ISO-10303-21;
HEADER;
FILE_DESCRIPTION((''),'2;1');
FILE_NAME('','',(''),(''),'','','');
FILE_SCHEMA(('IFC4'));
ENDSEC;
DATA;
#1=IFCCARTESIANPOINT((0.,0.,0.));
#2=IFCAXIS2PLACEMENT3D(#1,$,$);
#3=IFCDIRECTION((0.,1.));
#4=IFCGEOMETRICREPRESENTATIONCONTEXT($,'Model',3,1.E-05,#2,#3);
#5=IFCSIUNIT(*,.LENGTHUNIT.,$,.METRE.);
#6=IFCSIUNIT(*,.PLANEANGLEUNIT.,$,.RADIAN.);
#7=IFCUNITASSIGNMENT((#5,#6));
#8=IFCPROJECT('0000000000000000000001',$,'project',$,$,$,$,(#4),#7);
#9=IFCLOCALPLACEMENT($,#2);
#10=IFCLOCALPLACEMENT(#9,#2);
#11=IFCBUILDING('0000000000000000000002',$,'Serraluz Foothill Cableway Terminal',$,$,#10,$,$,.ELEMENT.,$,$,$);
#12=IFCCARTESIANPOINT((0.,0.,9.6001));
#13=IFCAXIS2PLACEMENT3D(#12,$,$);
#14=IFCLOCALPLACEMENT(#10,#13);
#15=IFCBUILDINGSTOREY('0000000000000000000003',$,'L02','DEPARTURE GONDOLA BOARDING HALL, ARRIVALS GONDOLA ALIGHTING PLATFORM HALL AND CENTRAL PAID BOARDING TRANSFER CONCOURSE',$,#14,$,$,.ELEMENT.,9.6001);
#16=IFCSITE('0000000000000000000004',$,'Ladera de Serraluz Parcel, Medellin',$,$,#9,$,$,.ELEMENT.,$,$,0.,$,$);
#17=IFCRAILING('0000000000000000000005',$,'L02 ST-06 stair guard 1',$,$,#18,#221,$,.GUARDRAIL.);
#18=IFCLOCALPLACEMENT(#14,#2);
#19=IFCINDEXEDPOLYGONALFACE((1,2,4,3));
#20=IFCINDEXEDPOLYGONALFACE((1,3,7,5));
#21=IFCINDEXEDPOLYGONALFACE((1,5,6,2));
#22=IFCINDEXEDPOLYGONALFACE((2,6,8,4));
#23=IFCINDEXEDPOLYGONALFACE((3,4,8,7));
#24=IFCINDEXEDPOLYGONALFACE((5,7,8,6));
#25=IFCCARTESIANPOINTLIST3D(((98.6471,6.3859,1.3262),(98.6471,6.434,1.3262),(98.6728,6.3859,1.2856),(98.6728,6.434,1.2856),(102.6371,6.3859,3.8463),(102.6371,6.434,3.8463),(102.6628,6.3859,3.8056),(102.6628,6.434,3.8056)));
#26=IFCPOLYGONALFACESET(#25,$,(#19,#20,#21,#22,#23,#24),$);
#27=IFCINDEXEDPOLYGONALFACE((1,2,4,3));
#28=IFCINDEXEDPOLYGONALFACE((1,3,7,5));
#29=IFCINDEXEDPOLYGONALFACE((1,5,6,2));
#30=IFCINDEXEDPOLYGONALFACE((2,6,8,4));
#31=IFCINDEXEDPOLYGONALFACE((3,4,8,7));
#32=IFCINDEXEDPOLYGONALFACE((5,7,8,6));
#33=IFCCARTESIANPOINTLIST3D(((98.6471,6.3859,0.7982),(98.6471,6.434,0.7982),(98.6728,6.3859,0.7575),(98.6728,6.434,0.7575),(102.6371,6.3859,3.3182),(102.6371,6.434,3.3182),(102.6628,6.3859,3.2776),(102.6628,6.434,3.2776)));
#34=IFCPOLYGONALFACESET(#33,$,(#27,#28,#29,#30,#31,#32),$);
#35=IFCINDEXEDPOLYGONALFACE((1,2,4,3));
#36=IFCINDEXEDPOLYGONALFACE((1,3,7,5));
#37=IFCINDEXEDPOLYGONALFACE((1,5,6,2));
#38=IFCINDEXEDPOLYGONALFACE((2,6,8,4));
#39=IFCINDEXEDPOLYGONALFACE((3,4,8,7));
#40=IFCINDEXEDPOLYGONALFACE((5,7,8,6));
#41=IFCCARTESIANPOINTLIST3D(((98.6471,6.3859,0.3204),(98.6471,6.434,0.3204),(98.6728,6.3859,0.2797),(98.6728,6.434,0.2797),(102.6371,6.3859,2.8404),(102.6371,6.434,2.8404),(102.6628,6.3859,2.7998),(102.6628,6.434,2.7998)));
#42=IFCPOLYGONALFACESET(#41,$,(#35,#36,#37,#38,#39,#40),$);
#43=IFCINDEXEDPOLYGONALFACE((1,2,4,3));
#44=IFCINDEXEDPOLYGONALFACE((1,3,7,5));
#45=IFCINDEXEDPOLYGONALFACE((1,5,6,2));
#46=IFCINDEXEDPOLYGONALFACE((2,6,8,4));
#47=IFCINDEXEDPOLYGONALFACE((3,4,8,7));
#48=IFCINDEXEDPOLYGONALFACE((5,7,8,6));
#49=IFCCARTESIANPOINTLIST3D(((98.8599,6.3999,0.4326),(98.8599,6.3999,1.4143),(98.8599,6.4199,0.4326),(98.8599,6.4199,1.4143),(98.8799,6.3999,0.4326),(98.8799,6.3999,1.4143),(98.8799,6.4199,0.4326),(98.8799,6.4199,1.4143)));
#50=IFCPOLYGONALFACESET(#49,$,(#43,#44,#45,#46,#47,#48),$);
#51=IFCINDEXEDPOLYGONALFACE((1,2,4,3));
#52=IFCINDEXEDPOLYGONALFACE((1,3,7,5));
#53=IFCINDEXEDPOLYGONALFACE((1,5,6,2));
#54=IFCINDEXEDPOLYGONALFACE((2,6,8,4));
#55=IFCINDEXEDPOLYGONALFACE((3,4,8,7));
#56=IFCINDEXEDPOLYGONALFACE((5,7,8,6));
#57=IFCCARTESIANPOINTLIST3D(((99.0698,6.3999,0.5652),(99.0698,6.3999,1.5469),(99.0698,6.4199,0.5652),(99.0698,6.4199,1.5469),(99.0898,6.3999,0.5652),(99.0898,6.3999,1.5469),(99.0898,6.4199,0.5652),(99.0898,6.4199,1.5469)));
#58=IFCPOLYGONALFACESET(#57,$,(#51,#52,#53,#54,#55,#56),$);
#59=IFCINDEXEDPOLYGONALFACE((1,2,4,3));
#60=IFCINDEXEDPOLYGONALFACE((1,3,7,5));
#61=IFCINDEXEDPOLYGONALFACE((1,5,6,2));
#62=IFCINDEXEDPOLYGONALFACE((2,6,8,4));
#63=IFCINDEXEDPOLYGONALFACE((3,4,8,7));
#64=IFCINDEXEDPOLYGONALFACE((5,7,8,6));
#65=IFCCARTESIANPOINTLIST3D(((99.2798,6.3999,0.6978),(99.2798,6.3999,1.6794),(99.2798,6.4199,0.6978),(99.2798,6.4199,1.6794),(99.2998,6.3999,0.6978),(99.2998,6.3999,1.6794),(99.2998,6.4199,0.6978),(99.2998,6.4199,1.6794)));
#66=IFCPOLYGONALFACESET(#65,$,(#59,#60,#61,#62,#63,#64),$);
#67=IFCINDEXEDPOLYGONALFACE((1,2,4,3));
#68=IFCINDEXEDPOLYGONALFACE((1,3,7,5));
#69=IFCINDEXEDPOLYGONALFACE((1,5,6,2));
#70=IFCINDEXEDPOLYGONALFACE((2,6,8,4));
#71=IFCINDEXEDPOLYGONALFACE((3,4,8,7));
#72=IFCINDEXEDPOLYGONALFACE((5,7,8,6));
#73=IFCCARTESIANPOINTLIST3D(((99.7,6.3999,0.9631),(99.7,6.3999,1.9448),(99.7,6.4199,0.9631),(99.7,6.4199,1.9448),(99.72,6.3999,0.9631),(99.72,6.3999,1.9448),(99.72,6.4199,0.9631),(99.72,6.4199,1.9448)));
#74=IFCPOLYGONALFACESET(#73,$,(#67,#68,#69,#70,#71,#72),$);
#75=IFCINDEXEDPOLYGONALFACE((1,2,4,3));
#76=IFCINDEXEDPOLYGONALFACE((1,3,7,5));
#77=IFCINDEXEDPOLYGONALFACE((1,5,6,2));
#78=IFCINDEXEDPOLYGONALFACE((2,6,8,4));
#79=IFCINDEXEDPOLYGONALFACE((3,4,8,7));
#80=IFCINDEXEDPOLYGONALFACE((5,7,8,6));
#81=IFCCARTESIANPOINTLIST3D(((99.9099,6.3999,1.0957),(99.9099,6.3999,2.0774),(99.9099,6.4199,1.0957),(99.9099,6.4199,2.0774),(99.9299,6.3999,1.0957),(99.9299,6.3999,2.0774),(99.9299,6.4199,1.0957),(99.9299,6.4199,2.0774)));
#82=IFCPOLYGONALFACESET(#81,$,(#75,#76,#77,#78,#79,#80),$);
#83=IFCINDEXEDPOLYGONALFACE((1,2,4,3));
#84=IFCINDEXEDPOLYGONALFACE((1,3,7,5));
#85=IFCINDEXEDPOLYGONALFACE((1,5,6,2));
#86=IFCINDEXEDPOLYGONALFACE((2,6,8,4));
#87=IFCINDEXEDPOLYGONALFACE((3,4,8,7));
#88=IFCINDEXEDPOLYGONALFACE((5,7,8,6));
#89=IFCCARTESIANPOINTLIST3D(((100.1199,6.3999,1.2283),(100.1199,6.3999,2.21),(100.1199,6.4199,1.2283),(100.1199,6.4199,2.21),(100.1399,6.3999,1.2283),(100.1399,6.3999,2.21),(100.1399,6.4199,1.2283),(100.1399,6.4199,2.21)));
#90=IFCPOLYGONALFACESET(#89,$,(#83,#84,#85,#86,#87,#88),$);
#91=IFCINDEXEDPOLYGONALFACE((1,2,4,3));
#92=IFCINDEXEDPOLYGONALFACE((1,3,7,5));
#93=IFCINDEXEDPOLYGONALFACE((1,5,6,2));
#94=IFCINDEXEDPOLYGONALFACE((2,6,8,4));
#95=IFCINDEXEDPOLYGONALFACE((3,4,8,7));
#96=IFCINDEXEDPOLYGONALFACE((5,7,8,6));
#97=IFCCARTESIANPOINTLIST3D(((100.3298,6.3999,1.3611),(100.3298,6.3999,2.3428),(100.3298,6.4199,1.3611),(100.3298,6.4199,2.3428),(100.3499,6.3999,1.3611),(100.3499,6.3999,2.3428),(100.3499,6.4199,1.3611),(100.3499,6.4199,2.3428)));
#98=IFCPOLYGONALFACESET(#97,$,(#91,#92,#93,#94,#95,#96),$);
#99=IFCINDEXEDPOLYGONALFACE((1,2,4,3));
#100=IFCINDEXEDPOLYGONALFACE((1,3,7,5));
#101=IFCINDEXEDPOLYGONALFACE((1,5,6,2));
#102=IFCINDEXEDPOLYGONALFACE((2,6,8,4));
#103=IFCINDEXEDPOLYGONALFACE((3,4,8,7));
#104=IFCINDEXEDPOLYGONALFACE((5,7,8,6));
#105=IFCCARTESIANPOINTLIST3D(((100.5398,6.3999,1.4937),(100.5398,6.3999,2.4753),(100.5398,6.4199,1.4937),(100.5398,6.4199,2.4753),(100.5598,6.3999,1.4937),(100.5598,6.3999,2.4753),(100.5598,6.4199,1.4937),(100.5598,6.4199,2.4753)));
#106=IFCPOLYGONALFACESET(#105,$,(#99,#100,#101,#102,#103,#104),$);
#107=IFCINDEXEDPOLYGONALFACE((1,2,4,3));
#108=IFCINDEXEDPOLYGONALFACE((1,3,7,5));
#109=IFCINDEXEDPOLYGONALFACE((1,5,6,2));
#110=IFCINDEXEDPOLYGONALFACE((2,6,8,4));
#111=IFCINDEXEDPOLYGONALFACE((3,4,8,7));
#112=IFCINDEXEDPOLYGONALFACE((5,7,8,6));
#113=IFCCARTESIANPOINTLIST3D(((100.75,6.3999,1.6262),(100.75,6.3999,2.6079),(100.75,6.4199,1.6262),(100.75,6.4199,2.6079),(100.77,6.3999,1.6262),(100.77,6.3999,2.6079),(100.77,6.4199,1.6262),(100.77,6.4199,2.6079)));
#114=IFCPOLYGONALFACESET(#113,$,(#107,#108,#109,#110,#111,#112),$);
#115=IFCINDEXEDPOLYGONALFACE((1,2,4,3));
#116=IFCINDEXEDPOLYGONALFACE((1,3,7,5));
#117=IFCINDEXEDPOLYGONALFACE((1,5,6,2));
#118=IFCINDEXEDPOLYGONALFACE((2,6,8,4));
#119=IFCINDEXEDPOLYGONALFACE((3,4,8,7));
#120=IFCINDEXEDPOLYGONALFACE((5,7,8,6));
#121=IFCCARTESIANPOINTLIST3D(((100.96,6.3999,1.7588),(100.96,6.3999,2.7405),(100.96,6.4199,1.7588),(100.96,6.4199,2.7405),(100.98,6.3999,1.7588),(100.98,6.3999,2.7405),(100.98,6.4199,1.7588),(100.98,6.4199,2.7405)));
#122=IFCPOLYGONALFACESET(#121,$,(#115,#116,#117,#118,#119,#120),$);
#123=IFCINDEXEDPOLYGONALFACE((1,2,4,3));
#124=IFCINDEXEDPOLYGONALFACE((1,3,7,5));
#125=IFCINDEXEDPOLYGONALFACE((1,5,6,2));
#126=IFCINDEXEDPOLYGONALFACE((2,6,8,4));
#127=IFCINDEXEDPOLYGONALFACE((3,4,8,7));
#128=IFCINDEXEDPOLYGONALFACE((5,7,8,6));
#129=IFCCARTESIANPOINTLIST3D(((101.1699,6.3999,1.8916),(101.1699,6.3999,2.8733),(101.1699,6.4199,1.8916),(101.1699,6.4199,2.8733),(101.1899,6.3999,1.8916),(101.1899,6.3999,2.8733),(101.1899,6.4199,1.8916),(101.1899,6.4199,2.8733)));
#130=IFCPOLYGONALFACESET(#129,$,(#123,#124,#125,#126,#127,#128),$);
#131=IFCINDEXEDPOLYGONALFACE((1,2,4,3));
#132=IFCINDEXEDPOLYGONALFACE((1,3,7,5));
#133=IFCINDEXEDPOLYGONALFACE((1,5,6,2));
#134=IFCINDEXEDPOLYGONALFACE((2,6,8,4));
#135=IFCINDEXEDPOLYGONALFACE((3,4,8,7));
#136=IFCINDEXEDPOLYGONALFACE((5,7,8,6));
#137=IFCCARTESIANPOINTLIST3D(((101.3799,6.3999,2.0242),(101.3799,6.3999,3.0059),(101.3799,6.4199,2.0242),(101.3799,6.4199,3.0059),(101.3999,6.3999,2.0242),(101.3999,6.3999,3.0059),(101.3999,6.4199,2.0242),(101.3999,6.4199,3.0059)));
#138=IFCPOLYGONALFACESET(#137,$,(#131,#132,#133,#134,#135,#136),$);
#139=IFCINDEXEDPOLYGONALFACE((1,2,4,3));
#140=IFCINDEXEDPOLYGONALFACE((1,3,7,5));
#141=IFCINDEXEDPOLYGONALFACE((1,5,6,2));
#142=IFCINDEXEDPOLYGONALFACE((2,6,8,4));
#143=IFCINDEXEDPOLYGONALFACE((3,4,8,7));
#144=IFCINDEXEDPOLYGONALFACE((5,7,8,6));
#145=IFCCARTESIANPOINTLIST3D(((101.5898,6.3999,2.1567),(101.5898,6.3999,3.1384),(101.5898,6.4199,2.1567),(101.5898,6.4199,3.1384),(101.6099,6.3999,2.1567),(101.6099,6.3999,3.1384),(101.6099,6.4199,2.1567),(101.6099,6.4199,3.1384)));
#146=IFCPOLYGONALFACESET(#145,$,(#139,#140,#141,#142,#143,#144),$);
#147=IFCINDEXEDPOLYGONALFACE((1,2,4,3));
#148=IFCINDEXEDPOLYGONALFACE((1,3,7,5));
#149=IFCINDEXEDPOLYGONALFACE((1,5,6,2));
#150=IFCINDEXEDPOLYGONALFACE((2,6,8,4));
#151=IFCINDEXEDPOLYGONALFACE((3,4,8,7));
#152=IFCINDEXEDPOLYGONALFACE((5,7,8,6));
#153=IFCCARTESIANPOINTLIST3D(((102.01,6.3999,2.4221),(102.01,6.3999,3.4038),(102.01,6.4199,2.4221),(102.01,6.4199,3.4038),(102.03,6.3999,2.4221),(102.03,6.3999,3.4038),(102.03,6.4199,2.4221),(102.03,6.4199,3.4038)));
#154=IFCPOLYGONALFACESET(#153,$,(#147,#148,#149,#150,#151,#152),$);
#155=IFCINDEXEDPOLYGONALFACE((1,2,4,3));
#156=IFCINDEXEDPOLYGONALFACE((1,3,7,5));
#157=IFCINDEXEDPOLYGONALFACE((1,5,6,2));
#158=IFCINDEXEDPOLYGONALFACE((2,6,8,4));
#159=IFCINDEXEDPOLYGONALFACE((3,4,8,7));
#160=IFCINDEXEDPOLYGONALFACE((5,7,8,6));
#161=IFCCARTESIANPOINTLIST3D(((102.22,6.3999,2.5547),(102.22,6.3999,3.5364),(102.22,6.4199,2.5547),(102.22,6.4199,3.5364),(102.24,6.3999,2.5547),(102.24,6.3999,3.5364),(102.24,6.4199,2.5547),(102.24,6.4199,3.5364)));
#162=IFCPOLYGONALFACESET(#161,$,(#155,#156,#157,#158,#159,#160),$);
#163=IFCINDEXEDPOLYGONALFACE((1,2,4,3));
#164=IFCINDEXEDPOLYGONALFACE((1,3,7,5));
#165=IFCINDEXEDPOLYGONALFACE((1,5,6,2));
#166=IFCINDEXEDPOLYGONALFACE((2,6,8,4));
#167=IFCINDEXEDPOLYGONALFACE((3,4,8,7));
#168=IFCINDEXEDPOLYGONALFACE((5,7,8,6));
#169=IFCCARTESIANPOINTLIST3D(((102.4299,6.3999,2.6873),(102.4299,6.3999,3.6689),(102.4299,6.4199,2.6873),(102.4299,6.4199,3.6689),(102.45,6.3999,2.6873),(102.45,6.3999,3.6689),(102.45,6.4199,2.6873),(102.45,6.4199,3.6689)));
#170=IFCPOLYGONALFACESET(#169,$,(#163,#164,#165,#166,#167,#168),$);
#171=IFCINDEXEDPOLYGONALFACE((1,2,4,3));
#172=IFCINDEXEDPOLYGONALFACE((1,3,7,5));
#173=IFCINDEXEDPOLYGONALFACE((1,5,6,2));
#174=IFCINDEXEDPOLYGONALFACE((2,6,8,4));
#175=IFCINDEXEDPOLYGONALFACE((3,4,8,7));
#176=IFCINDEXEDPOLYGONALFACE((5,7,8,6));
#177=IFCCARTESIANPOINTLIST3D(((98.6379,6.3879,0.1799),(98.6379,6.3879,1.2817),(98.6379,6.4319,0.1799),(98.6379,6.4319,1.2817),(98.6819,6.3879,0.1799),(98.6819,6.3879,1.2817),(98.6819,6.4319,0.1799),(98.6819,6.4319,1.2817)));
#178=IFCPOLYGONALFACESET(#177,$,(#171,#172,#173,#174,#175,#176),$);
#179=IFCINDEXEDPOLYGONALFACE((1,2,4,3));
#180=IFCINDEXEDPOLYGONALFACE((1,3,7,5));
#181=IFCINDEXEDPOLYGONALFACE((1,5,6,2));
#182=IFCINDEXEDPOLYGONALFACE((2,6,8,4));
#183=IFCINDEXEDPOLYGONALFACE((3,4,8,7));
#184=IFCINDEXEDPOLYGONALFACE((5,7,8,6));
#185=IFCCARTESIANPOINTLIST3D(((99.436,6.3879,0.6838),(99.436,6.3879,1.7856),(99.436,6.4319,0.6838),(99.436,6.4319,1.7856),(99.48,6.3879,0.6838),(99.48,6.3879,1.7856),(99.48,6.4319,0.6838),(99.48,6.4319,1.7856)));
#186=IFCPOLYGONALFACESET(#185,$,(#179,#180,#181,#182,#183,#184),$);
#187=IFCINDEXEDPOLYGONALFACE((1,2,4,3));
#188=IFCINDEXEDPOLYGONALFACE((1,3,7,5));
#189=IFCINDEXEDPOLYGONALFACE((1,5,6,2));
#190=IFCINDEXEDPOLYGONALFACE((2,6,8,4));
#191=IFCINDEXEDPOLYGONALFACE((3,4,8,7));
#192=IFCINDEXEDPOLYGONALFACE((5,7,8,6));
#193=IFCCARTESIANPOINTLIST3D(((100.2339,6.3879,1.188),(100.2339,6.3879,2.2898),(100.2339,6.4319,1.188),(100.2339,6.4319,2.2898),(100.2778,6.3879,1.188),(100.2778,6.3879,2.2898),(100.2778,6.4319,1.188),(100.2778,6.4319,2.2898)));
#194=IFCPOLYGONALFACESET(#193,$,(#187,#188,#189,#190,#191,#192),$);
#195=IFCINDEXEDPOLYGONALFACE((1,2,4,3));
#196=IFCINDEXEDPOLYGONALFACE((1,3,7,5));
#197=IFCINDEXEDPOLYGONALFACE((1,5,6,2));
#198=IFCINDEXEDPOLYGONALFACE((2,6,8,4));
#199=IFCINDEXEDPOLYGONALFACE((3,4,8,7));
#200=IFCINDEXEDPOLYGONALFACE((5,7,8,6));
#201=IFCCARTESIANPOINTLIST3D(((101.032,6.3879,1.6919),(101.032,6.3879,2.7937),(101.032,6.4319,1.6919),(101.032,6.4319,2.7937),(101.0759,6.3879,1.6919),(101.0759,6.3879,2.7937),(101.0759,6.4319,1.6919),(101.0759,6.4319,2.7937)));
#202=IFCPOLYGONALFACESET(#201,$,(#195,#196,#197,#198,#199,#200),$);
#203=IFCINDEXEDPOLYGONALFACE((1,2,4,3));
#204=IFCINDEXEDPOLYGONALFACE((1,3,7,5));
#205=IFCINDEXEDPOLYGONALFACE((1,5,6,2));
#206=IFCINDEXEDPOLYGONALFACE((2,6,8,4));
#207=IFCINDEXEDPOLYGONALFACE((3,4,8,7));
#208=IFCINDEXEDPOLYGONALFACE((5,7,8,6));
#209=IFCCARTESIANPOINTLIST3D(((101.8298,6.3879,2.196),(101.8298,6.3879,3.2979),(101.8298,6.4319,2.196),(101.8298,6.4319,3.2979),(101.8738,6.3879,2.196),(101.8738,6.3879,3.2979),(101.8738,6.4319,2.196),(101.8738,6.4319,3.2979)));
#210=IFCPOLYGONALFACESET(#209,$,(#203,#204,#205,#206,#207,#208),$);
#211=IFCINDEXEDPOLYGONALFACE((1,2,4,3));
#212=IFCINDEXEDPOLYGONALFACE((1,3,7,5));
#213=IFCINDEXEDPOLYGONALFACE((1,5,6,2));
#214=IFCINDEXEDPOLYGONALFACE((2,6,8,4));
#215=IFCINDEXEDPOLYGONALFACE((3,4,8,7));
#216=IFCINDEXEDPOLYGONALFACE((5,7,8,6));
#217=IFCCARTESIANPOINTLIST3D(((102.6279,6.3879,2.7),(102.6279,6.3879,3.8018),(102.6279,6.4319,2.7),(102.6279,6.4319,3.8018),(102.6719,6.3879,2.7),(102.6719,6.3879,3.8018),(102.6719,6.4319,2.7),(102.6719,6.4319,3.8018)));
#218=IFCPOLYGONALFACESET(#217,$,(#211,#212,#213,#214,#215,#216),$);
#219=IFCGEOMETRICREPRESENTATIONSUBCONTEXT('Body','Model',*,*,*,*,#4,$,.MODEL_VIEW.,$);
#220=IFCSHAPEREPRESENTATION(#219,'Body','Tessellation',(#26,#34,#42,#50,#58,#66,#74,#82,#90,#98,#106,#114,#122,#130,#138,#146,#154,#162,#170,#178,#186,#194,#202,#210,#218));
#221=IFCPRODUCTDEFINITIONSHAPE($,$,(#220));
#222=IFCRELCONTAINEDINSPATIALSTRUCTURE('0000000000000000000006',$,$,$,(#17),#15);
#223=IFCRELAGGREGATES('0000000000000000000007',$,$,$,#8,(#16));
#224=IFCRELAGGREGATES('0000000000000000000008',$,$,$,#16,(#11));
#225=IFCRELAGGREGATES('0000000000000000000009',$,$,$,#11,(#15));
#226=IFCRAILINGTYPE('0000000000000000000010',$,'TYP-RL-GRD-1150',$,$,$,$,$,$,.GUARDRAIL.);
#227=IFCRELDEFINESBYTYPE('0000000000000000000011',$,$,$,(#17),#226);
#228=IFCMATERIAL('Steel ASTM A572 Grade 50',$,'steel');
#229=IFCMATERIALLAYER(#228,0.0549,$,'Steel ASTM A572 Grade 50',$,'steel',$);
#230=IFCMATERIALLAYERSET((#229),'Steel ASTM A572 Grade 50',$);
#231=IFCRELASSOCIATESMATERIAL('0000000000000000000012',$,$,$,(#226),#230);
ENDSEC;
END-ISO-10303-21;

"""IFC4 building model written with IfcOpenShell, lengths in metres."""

from ifc_helpers import new_model, si_unit, direction, frame, origin, origin_2d, place, context, subcontext, project, spatial, rectangle, extrude, material, layer, layer_set, type_object, element, save


model = new_model("IFC4")

# Units and contexts
model_context = context("Model", 3, precision=1e-05, world=origin(), true_north=direction((0.0, 1.0)))
body_context = subcontext(model_context, "Body", "Model", "MODEL_VIEW")
ifc_project = project(units=[si_unit("LENGTHUNIT", "METRE"), si_unit("PLANEANGLEUNIT", "RADIAN")], contexts=[model_context])

# Site, building, storey
site_placement = place(None, origin())
site = spatial("IfcSite", under=ifc_project, at=site_placement, Name="Ladera de Serraluz Parcel, Medellin", CompositionType="ELEMENT", RefElevation=0.0)
building_placement = place(site_placement, origin())
building = spatial("IfcBuilding", under=site, at=building_placement, Name="Serraluz Foothill Cableway Terminal", CompositionType="ELEMENT")
storey_placement = place(building_placement, frame((0.0, 0.0, 9.6001)))
storey = spatial("IfcBuildingStorey", under=building, at=storey_placement, Name="L02", Description="DEPARTURE GONDOLA BOARDING HALL, ARRIVALS GONDOLA ALIGHTING PLATFORM HALL AND CENTRAL PAID BOARDING TRANSFER CONCOURSE", CompositionType="ELEMENT", Elevation=9.6001)

# Shared definitions
ifc_material_1 = material(Name="Steel ASTM A572 Grade 50", Category="steel")

# Railing
ifc_layer_1 = layer(ifc_material_1, 0.0549, Name="Steel ASTM A572 Grade 50", Category="steel")
ifc_layer_set_1 = layer_set([ifc_layer_1], Name="Steel ASTM A572 Grade 50")
railing_type_1 = type_object("IfcRailingType", Name="TYP-RL-GRD-1150", PredefinedType="GUARDRAIL", material=ifc_layer_set_1)
railing_1_placement = place(storey_placement, frame((98.6599, 6.4099, 0.1799)))
element("IfcRailing", 1, at=railing_1_placement, inside=storey, type_object=railing_type_1, Name="L02 ST-06 stair guard 1", PredefinedType="GUARDRAIL", context=body_context, shape_type="SweptSolid", body=[
    extrude(rectangle(XDim=0.0481, YDim=0.0481, at=origin_2d()), frame((0.0, 0.0, 1.126), z_axis=(0.845486, 0.0, 0.533997), x_axis=(0.0, 1.0, 0.0)), (0.0, 0.0, 1.0), 4.7192),
    extrude(rectangle(XDim=0.0481, YDim=0.0481, at=origin_2d()), frame((0.0, 0.0, 0.5979), z_axis=(0.845486, 0.0, 0.533997), x_axis=(0.0, 1.0, 0.0)), (0.0, 0.0, 1.0), 4.7192),
    extrude(rectangle(XDim=0.0481, YDim=0.0481, at=origin_2d()), frame((0.0, 0.0, 0.1201), z_axis=(0.845486, 0.0, 0.533997), x_axis=(0.0, 1.0, 0.0)), (0.0, 0.0, 1.0), 4.7192),
    extrude(rectangle(XDim=0.02, YDim=0.02, at=origin_2d()), frame((0.21, 0.0, 0.2527)), (0.0, 0.0, 1.0), 0.9817),
    extrude(rectangle(XDim=0.02, YDim=0.02, at=origin_2d()), frame((0.4199, 0.0, 0.3853)), (0.0, 0.0, 1.0), 0.9817),
    extrude(rectangle(XDim=0.02, YDim=0.02, at=origin_2d()), frame((0.6299, 0.0, 0.5178)), (0.0, 0.0, 1.0), 0.9817),
    extrude(rectangle(XDim=0.02, YDim=0.02, at=origin_2d()), frame((1.05, 0.0, 0.7832)), (0.0, 0.0, 1.0), 0.9817),
    extrude(rectangle(XDim=0.02, YDim=0.02, at=origin_2d()), frame((1.26, 0.0, 0.9158)), (0.0, 0.0, 1.0), 0.9817),
    extrude(rectangle(XDim=0.02, YDim=0.02, at=origin_2d()), frame((1.47, 0.0, 1.0483)), (0.0, 0.0, 1.0), 0.9817),
    extrude(rectangle(XDim=0.02, YDim=0.02, at=origin_2d()), frame((1.6799, 0.0, 1.1812)), (0.0, 0.0, 1.0), 0.9817),
    extrude(rectangle(XDim=0.02, YDim=0.02, at=origin_2d()), frame((1.8899, 0.0, 1.3137)), (0.0, 0.0, 1.0), 0.9817),
    extrude(rectangle(XDim=0.02, YDim=0.02, at=origin_2d()), frame((2.1001, 0.0, 1.4463)), (0.0, 0.0, 1.0), 0.9817),
    extrude(rectangle(XDim=0.02, YDim=0.02, at=origin_2d()), frame((2.3101, 0.0, 1.5789)), (0.0, 0.0, 1.0), 0.9817),
    extrude(rectangle(XDim=0.02, YDim=0.02, at=origin_2d()), frame((2.52, 0.0, 1.7117)), (0.0, 0.0, 1.0), 0.9817),
    extrude(rectangle(XDim=0.02, YDim=0.02, at=origin_2d()), frame((2.73, 0.0, 1.8442)), (0.0, 0.0, 1.0), 0.9817),
    extrude(rectangle(XDim=0.02, YDim=0.02, at=origin_2d()), frame((2.9399, 0.0, 1.9768)), (0.0, 0.0, 1.0), 0.9817),
    extrude(rectangle(XDim=0.02, YDim=0.02, at=origin_2d()), frame((3.3601, 0.0, 2.2422)), (0.0, 0.0, 1.0), 0.9817),
    extrude(rectangle(XDim=0.02, YDim=0.02, at=origin_2d()), frame((3.5701, 0.0, 2.3748)), (0.0, 0.0, 1.0), 0.9817),
    extrude(rectangle(XDim=0.02, YDim=0.02, at=origin_2d()), frame((3.78, 0.0, 2.5073)), (0.0, 0.0, 1.0), 0.9817),
    extrude(rectangle(XDim=0.0439, YDim=0.0439, at=origin_2d()), origin(), (0.0, 0.0, 1.0), 1.1018),
    extrude(rectangle(XDim=0.0439, YDim=0.0439, at=origin_2d()), frame((0.7981, 0.0, 0.5039)), (0.0, 0.0, 1.0), 1.1018),
    extrude(rectangle(XDim=0.0439, YDim=0.0439, at=origin_2d()), frame((1.5959, 0.0, 1.0081)), (0.0, 0.0, 1.0), 1.1018),
    extrude(rectangle(XDim=0.0439, YDim=0.0439, at=origin_2d()), frame((2.394, 0.0, 1.512)), (0.0, 0.0, 1.0), 1.1018),
    extrude(rectangle(XDim=0.0439, YDim=0.0439, at=origin_2d()), frame((3.1919, 0.0, 2.0161)), (0.0, 0.0, 1.0), 1.1018),
    extrude(rectangle(XDim=0.0439, YDim=0.0439, at=origin_2d()), frame((3.99, 0.0, 2.52)), (0.0, 0.0, 1.0), 1.1018),
])

save(model, "model.ifc")
